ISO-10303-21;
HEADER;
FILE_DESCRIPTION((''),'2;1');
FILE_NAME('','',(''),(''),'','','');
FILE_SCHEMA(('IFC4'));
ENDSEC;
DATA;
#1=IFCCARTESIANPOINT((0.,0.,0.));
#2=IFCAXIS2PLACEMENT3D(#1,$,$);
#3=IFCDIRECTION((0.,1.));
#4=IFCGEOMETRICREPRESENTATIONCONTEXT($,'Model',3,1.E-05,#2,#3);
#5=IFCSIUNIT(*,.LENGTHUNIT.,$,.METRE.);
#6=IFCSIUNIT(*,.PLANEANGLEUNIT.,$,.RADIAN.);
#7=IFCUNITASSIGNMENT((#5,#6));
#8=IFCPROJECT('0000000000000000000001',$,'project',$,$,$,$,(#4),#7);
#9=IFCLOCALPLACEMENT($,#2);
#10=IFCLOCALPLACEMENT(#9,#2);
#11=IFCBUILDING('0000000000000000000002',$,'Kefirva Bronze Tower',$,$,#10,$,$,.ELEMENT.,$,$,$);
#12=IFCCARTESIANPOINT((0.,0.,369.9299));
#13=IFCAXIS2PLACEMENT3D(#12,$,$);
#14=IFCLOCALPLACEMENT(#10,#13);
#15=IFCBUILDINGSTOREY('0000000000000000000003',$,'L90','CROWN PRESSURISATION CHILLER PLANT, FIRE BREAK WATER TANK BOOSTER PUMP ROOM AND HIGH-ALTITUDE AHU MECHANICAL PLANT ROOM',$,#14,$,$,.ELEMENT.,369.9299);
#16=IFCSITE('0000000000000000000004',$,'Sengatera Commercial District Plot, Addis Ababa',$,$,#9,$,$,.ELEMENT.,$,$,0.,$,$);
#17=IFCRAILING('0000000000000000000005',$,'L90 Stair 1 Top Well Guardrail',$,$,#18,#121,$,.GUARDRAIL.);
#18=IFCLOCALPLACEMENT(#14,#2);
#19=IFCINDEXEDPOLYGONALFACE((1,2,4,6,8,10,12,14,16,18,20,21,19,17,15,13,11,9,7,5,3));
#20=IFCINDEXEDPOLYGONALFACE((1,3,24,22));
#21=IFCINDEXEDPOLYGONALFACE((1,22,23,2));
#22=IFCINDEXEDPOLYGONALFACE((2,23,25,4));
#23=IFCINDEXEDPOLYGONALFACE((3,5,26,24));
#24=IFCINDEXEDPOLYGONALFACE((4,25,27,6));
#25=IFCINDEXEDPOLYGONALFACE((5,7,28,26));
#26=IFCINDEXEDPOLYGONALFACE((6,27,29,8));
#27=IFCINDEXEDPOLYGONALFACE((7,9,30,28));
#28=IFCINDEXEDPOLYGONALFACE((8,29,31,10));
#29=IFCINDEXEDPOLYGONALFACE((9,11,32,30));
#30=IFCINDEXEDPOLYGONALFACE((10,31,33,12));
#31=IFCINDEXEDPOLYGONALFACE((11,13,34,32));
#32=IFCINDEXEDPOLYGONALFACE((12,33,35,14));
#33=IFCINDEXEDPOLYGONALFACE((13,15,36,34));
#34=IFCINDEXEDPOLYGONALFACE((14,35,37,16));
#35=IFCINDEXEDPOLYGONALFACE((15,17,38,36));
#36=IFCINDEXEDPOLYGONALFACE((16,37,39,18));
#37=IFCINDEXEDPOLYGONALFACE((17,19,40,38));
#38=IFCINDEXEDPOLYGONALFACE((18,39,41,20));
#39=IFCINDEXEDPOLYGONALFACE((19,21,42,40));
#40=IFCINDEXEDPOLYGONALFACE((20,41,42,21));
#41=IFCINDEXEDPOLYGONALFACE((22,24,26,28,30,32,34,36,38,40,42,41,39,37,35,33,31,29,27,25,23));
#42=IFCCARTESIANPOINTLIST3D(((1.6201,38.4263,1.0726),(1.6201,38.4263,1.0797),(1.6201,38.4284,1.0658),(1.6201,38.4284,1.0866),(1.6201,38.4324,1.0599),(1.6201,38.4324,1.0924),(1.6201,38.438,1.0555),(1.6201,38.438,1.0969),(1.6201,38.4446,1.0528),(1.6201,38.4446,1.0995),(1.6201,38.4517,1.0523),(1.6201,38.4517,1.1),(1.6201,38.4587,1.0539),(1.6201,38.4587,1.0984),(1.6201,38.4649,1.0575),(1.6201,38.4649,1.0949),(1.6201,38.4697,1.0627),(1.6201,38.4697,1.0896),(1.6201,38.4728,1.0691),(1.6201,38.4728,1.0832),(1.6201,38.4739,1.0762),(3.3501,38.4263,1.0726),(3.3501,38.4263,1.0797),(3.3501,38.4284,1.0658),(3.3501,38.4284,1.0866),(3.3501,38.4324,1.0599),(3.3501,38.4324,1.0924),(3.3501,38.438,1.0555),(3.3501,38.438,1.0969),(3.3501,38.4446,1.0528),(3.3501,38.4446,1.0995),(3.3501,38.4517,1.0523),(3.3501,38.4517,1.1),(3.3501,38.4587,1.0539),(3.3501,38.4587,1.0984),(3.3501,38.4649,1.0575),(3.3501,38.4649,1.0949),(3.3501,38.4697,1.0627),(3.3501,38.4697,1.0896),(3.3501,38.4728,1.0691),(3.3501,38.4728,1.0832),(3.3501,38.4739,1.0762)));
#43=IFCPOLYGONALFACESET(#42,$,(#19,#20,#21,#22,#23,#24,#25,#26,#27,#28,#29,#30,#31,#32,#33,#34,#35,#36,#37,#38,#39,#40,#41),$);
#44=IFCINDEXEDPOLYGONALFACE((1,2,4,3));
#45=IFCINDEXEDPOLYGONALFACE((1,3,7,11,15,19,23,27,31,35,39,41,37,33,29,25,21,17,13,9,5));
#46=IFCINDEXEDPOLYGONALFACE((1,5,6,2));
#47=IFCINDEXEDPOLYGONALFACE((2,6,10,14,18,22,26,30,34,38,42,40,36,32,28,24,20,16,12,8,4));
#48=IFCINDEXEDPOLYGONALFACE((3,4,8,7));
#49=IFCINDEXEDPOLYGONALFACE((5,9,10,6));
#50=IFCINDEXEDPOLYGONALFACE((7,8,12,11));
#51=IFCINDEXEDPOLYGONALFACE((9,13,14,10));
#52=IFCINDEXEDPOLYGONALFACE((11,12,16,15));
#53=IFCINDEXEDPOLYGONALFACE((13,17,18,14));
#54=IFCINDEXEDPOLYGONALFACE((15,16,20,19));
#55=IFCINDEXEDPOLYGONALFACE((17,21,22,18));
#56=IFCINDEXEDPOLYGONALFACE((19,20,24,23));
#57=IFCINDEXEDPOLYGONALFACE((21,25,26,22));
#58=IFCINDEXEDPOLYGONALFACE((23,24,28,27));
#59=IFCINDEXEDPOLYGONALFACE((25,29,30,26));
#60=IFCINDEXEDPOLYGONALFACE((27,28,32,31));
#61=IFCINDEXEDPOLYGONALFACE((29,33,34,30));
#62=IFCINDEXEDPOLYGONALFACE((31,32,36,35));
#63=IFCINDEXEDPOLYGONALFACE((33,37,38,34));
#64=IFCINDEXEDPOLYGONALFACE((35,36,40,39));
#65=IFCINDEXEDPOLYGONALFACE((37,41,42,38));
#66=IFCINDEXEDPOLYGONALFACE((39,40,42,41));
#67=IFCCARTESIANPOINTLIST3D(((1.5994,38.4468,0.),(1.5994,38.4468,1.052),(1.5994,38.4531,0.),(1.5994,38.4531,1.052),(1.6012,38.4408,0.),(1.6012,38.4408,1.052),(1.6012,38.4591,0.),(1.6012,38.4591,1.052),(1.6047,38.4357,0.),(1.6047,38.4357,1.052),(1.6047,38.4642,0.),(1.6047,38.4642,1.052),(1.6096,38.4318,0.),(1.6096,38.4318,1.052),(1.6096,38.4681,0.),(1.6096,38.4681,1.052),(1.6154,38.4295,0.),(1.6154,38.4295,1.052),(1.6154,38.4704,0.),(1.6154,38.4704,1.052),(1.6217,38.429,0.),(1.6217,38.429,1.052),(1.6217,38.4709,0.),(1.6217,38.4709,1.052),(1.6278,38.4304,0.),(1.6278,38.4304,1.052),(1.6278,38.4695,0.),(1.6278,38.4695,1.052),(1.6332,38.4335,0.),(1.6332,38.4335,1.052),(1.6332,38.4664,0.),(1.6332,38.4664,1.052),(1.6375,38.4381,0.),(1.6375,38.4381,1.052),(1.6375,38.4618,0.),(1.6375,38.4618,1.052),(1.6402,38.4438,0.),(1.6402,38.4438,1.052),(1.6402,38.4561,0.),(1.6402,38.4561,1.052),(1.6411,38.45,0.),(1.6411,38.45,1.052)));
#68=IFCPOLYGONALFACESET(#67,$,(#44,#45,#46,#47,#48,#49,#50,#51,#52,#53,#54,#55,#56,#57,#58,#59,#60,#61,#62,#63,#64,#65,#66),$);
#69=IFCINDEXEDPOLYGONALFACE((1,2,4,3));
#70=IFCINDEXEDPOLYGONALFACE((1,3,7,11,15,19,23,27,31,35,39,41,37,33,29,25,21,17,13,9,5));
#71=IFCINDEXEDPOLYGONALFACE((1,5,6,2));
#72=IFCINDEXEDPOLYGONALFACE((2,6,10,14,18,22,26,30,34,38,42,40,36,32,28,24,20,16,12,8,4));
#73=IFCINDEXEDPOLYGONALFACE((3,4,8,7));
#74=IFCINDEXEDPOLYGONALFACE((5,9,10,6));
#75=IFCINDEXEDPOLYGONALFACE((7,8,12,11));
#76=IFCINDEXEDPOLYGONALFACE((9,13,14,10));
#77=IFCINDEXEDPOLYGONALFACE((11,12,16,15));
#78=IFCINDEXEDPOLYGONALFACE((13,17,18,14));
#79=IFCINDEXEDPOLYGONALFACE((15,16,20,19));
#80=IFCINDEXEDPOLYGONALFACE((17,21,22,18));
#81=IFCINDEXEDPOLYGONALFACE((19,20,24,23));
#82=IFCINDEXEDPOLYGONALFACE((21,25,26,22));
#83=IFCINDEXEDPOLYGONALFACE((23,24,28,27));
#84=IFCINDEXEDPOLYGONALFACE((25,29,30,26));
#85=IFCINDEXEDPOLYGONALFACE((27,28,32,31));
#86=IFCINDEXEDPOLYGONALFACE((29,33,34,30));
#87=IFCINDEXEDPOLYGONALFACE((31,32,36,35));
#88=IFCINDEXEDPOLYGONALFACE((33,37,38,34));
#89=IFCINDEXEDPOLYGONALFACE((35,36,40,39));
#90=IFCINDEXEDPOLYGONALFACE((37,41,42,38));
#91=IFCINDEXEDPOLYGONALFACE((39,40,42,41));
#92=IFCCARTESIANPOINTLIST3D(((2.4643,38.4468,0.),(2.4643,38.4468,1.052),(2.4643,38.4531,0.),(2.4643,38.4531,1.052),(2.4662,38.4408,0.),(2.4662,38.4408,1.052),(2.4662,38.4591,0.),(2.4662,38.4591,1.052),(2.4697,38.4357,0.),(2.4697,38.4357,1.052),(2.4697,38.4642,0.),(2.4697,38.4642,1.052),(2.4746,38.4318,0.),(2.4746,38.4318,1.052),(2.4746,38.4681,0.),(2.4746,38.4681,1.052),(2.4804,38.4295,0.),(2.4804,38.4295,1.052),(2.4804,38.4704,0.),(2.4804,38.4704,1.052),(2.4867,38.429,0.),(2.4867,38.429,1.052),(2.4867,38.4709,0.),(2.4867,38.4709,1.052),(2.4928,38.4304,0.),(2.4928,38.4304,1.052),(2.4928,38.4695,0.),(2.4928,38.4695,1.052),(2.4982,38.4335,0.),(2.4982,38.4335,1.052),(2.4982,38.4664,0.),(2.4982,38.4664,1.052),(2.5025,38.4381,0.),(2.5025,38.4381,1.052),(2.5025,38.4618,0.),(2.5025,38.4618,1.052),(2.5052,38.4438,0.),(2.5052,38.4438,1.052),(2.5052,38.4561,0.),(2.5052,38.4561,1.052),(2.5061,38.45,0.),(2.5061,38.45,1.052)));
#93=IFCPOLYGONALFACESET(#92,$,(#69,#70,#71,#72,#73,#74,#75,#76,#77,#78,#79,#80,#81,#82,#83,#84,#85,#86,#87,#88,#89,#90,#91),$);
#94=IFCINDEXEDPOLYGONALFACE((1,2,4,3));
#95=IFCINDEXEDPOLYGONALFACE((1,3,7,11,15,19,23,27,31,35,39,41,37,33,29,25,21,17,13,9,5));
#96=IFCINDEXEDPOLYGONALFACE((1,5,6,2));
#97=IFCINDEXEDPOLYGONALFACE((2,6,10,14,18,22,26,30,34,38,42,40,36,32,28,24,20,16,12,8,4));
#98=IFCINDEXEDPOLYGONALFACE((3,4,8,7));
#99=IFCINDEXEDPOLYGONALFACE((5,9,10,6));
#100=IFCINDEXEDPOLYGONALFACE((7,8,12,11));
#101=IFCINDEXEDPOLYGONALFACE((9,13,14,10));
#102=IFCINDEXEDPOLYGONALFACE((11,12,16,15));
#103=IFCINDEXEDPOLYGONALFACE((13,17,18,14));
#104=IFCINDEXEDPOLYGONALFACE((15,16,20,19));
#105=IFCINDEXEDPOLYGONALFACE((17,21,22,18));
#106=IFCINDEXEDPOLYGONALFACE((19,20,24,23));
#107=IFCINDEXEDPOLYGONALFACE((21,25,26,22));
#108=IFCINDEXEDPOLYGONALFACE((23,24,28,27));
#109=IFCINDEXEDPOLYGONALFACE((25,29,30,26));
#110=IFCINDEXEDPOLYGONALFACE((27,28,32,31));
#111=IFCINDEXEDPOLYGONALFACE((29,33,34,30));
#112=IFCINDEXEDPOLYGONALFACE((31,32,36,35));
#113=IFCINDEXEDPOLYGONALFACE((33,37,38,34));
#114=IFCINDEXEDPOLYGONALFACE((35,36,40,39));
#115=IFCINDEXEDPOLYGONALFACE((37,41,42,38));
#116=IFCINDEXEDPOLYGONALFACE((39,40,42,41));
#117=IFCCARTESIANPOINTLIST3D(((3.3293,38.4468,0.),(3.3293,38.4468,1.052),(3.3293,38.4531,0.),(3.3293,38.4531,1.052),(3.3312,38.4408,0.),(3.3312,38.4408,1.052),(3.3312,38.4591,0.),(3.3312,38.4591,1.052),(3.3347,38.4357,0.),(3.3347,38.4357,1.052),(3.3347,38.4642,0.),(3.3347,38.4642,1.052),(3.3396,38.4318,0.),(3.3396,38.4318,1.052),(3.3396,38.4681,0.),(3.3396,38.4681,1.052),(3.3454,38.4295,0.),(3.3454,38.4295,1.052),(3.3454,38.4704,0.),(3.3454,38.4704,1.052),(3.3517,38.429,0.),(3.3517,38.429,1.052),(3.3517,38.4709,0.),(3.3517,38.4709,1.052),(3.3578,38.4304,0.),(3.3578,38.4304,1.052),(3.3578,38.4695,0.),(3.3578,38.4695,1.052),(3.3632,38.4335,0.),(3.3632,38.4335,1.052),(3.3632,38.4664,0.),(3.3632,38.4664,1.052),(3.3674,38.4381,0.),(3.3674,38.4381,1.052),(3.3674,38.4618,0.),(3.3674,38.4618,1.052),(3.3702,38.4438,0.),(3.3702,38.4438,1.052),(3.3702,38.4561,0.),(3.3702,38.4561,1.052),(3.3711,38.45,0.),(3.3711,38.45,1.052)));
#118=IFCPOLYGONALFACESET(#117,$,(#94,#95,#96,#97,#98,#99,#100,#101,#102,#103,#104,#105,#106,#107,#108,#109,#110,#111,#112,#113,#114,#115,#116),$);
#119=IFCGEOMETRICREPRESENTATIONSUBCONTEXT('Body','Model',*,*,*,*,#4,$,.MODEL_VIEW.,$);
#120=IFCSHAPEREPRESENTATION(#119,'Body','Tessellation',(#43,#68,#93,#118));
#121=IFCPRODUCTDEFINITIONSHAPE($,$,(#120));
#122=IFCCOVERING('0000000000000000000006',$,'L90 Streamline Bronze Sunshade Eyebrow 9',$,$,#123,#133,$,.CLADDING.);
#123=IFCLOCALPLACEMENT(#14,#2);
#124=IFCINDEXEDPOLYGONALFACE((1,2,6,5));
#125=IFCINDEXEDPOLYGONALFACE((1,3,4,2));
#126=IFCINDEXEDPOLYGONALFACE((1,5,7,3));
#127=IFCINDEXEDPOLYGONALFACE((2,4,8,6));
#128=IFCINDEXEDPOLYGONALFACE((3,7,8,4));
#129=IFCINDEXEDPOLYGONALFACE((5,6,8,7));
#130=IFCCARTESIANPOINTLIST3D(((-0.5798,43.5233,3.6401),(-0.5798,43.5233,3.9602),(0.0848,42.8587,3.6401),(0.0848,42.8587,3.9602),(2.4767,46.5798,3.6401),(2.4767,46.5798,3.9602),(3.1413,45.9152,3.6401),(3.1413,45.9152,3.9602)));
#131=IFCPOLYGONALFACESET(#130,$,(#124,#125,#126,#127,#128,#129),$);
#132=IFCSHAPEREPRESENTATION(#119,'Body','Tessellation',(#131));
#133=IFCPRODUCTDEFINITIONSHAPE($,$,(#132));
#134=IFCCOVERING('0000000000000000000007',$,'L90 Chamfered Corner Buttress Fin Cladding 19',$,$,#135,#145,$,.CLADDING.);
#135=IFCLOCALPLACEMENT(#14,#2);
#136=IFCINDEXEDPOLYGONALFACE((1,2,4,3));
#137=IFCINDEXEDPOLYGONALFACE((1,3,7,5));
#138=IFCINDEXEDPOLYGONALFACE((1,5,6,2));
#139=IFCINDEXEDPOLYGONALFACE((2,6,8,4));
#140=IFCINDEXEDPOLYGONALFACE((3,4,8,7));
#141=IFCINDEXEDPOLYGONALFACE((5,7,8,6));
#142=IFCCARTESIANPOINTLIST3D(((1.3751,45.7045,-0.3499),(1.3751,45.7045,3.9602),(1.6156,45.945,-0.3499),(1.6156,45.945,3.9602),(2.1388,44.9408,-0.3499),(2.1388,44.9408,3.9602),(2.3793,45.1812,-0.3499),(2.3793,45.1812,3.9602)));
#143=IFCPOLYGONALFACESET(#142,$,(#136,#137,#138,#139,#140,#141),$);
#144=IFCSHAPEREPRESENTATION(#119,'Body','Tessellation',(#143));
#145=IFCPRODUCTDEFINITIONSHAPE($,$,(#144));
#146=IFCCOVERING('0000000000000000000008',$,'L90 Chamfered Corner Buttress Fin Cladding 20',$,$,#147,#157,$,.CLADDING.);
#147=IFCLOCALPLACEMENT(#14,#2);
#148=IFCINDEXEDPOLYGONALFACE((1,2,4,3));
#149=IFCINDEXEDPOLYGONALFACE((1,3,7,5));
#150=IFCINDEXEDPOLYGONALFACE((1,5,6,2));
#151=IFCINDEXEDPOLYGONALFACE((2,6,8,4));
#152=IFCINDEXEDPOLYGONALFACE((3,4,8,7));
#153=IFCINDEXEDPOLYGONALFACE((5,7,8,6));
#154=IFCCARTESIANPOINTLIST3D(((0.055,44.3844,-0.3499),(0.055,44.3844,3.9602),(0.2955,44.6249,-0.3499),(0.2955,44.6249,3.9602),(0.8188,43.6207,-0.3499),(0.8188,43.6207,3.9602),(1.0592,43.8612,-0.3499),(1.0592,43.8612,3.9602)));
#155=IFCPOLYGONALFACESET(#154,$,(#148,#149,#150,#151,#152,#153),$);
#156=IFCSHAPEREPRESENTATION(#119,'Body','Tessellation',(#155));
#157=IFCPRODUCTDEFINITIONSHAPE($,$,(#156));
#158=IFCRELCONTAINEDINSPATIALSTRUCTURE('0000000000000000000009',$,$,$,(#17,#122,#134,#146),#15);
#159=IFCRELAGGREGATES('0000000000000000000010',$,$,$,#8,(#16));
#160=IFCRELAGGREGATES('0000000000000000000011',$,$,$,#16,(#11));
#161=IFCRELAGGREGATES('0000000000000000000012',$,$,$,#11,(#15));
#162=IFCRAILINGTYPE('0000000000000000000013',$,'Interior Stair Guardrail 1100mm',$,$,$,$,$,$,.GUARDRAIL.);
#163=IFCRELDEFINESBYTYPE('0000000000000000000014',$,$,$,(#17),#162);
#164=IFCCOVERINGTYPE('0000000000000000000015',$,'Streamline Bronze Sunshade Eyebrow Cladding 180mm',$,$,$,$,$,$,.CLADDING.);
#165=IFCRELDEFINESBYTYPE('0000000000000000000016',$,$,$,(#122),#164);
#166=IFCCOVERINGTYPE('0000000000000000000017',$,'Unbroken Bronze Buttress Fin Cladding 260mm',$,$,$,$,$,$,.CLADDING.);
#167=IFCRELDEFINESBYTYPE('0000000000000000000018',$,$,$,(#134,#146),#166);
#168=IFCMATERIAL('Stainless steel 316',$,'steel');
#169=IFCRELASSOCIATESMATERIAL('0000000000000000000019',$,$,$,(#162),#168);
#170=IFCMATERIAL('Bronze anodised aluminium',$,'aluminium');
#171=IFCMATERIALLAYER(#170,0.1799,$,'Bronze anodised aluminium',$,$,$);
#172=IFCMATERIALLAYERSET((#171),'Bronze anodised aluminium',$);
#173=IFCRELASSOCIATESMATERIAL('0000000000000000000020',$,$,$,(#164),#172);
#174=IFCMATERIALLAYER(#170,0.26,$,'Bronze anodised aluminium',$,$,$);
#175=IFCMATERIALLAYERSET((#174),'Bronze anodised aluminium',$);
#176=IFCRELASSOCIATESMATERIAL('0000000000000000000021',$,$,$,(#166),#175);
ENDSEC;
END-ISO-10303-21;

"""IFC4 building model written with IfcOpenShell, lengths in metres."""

from ifc_helpers import new_model, si_unit, direction, frame, origin, origin_2d, place, context, subcontext, project, spatial, rectangle, circle, extrude, material, layer, layer_set, type_object, element, save


model = new_model("IFC4")

# Units and contexts
model_context = context("Model", 3, precision=1e-05, world=origin(), true_north=direction((0.0, 1.0)))
body_context = subcontext(model_context, "Body", "Model", "MODEL_VIEW")
ifc_project = project(units=[si_unit("LENGTHUNIT", "METRE"), si_unit("PLANEANGLEUNIT", "RADIAN")], contexts=[model_context])

# Site, building, storey
site_placement = place(None, origin())
site = spatial("IfcSite", under=ifc_project, at=site_placement, Name="Sengatera Commercial District Plot, Addis Ababa", CompositionType="ELEMENT", RefElevation=0.0)
building_placement = place(site_placement, origin())
building = spatial("IfcBuilding", under=site, at=building_placement, Name="Kefirva Bronze Tower", CompositionType="ELEMENT")
storey_placement = place(building_placement, frame((0.0, 0.0, 369.9299)))
storey = spatial("IfcBuildingStorey", under=building, at=storey_placement, Name="L90", Description="CROWN PRESSURISATION CHILLER PLANT, FIRE BREAK WATER TANK BOOSTER PUMP ROOM AND HIGH-ALTITUDE AHU MECHANICAL PLANT ROOM", CompositionType="ELEMENT", Elevation=369.9299)

# Shared definitions
ifc_material_1 = material(Name="Bronze anodised aluminium", Category="aluminium")

# Railing
ifc_material_2 = material(Name="Stainless steel 316", Category="steel")
railing_type = type_object("IfcRailingType", Name="Interior Stair Guardrail 1100mm", PredefinedType="GUARDRAIL", material=ifc_material_2)
railing_1_placement = place(storey_placement, frame((1.6201, 38.45, 0.0)))
element("IfcRailing", 1, at=railing_1_placement, inside=storey, type_object=railing_type, Name="L90 Stair 1 Top Well Guardrail", PredefinedType="GUARDRAIL", context=body_context, shape_type="SweptSolid", body=[
    extrude(circle(Radius=0.0239, at=origin_2d()), frame((0.0, 0.0, 1.0762), z_axis=(1.0, 0.0, 0.0), x_axis=(0.0, 1.0, 0.0)), (0.0, 0.0, 1.0), 1.73),
    extrude(circle(Radius=0.021, at=origin_2d()), origin(), (0.0, 0.0, 1.0), 1.052),
    extrude(circle(Radius=0.021, at=origin_2d()), frame((0.865, 0.0, 0.0)), (0.0, 0.0, 1.0), 1.052),
    extrude(circle(Radius=0.021, at=origin_2d()), frame((1.73, 0.0, 0.0)), (0.0, 0.0, 1.0), 1.052),
])

# Coverings
ifc_layer_1 = layer(ifc_material_1, 0.1799, Name="Bronze anodised aluminium")
ifc_layer_set_1 = layer_set([ifc_layer_1], Name="Bronze anodised aluminium")
covering_type_1 = type_object("IfcCoveringType", Name="Streamline Bronze Sunshade Eyebrow Cladding 180mm", PredefinedType="CLADDING", material=ifc_layer_set_1)
covering_1_placement = place(storey_placement, frame((1.2808, 44.7192, 3.6401), z_axis=(0.0, 0.0, 1.0), x_axis=(-0.707107, -0.707107, 0.0)))
element("IfcCovering", 2, at=covering_1_placement, inside=storey, type_object=covering_type_1, Name="L90 Streamline Bronze Sunshade Eyebrow 9", PredefinedType="CLADDING", context=body_context, shape_type="SweptSolid", body=[
    extrude(rectangle(XDim=4.3225, YDim=0.9399, at=origin_2d()), origin(), (0.0, 0.0, 1.0), 0.3201),
])
ifc_layer_2 = layer(ifc_material_1, 0.26, Name="Bronze anodised aluminium")
ifc_layer_set_2 = layer_set([ifc_layer_2], Name="Bronze anodised aluminium")
covering_type_2 = type_object("IfcCoveringType", Name="Unbroken Bronze Buttress Fin Cladding 260mm", PredefinedType="CLADDING", material=ifc_layer_set_2)
for number, where, z_axis, x_axis, name in (
    (3, (1.8772, 45.4429, -0.3499), (0.0, 0.0, 1.0), (-0.707107, -0.707107, 0.0), "L90 Chamfered Corner Buttress Fin Cladding 19"),
    (4, (0.5571, 44.1228, -0.3499), (0.0, 0.0, 1.0), (-0.707107, -0.707107, 0.0), "L90 Chamfered Corner Buttress Fin Cladding 20"),
):
    element("IfcCovering", number, at=place(storey_placement, frame(where, z_axis=z_axis, x_axis=x_axis)), inside=storey, type_object=covering_type_2, Name=name, PredefinedType="CLADDING", context=body_context, shape_type="SweptSolid", body=[
        extrude(rectangle(XDim=0.3401, YDim=1.0801, at=origin_2d()), origin(), (0.0, 0.0, 1.0), 4.3101),
    ])

save(model, "model.ifc")
